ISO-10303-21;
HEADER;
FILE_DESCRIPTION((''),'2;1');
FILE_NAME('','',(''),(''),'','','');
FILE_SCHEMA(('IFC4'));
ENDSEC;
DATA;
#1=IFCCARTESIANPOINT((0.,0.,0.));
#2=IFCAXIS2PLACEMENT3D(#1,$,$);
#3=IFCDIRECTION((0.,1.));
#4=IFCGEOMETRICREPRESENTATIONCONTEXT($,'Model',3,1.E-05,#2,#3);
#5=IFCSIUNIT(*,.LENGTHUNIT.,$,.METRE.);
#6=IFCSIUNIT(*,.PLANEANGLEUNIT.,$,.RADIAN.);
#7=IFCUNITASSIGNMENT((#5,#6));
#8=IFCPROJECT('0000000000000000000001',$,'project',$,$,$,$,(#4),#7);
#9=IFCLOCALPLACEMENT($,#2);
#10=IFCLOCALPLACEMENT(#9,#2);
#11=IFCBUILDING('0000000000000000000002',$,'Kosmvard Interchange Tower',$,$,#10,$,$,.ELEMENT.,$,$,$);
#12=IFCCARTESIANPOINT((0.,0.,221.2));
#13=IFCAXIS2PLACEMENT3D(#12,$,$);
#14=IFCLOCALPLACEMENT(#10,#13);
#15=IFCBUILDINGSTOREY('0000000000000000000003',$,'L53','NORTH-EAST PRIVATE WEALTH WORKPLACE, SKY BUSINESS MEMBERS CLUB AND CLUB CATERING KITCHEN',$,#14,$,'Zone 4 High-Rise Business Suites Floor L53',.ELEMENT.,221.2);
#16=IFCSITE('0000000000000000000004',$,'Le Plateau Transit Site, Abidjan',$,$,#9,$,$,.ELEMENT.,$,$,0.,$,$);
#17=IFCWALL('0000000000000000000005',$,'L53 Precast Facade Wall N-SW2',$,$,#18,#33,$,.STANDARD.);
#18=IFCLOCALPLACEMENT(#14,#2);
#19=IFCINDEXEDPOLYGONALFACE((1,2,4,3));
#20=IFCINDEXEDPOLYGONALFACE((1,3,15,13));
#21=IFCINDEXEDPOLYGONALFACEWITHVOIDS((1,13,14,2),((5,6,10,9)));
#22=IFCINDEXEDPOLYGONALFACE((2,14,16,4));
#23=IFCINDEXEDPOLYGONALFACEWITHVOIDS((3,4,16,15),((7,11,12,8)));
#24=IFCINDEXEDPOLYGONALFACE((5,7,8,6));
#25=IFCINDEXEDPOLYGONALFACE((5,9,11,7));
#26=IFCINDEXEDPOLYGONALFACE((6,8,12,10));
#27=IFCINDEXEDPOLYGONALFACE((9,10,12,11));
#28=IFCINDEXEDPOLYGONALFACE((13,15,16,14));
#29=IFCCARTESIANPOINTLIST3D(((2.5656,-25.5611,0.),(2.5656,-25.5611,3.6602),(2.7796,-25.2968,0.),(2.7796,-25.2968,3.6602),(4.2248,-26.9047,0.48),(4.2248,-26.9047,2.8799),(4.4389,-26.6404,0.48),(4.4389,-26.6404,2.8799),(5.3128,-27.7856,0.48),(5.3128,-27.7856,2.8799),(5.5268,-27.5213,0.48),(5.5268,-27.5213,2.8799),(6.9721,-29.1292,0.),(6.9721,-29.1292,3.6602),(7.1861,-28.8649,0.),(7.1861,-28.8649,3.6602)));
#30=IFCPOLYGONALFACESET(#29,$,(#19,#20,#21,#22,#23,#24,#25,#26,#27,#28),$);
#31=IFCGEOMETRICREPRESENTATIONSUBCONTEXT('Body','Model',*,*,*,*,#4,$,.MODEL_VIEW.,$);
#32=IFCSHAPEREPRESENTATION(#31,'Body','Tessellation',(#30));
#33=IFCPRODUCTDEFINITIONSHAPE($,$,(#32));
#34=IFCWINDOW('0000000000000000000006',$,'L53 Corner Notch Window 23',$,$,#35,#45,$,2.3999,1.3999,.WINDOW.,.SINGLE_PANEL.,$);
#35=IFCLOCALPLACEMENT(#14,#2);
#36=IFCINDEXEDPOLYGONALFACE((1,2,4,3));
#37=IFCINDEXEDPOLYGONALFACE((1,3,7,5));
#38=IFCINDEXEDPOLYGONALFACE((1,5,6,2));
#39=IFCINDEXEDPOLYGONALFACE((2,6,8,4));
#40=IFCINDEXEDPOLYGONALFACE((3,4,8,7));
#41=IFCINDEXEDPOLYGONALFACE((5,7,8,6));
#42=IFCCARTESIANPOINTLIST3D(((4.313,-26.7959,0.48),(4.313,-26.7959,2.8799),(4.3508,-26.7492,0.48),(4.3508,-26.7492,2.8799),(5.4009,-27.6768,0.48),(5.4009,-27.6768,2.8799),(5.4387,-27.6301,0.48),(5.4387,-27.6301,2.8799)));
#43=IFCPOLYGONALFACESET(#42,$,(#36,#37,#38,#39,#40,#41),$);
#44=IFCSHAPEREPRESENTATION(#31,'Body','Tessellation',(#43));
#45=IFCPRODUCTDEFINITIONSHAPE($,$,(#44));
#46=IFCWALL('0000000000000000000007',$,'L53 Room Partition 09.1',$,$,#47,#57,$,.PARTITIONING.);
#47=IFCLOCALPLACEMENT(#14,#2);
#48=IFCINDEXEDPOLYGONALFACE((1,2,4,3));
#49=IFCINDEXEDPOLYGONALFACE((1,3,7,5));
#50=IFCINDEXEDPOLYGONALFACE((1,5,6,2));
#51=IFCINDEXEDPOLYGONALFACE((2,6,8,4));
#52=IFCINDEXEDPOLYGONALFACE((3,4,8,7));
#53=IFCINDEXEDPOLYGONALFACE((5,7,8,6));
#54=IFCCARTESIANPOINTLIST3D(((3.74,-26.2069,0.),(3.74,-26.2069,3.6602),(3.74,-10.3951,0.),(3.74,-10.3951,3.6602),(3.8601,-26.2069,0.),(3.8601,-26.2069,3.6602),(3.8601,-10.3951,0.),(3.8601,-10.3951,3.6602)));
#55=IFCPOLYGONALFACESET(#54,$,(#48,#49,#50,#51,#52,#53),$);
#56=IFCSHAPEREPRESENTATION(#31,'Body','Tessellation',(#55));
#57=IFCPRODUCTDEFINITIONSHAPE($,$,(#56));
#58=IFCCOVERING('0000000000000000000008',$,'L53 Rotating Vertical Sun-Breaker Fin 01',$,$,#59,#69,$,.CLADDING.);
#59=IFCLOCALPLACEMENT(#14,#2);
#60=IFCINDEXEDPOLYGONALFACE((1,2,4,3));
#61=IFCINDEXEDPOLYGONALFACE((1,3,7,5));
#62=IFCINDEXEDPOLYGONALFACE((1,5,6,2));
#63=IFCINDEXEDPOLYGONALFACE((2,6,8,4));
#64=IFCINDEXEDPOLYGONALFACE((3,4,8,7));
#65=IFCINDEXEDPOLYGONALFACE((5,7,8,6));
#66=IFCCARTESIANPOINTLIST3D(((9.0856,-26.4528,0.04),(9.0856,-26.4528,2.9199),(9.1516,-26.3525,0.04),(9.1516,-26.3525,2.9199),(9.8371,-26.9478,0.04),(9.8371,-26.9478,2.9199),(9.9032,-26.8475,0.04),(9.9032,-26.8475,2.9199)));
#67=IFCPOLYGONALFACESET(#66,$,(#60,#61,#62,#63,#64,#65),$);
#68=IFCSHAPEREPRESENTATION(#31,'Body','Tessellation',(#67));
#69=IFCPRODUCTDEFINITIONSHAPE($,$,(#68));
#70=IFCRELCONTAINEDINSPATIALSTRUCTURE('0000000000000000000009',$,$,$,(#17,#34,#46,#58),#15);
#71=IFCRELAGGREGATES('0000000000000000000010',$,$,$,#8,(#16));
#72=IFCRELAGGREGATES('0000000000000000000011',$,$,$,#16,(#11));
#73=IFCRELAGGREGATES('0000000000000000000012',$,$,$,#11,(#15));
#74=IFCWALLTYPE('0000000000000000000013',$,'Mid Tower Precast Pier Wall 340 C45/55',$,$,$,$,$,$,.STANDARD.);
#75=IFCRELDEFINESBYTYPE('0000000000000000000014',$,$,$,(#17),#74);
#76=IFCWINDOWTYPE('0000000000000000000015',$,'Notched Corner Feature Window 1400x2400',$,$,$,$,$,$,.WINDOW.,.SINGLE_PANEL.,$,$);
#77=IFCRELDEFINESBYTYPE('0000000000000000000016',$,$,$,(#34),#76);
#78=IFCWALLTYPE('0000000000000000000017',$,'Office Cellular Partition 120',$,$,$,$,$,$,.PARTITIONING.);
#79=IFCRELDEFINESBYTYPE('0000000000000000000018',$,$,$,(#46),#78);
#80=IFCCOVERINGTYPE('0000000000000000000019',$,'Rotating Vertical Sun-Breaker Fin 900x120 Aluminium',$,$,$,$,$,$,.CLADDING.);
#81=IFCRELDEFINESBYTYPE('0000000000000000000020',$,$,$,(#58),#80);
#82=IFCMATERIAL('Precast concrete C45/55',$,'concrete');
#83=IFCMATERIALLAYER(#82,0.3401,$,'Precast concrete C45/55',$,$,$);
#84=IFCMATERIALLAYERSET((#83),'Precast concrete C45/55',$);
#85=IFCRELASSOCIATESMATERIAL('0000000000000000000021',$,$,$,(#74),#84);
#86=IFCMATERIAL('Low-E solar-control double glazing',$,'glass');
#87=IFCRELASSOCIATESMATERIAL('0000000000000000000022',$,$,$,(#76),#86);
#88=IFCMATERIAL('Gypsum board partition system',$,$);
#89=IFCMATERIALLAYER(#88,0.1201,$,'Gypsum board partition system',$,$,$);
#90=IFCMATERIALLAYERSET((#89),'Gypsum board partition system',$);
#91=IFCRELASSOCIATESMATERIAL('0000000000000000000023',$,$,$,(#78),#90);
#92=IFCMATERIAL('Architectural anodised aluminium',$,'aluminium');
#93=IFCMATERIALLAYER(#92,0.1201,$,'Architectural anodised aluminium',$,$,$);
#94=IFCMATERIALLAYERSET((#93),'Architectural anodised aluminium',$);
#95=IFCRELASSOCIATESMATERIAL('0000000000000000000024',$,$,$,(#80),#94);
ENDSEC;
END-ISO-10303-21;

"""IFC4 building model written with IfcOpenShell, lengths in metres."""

from ifc_helpers import new_model, si_unit, direction, frame, frame_2d, origin, origin_2d, place, context, subcontext, project, spatial, rectangle, extrude, source, transform, mapped, material, layer, layer_set, type_object, element, fill, save


model = new_model("IFC4")

# Units and contexts
model_context = context("Model", 3, precision=1e-05, world=origin(), true_north=direction((0.0, 1.0)))
body_context = subcontext(model_context, "Body", "Model", "MODEL_VIEW")
ifc_project = project(units=[si_unit("LENGTHUNIT", "METRE"), si_unit("PLANEANGLEUNIT", "RADIAN")], contexts=[model_context])

# Site, building, storey
site_placement = place(None, origin())
site = spatial("IfcSite", under=ifc_project, at=site_placement, Name="Le Plateau Transit Site, Abidjan", CompositionType="ELEMENT", RefElevation=0.0)
building_placement = place(site_placement, origin())
building = spatial("IfcBuilding", under=site, at=building_placement, Name="Kosmvard Interchange Tower", CompositionType="ELEMENT")
storey_placement = place(building_placement, frame((0.0, 0.0, 221.2)))
storey = spatial("IfcBuildingStorey", under=building, at=storey_placement, Name="L53", Description="NORTH-EAST PRIVATE WEALTH WORKPLACE, SKY BUSINESS MEMBERS CLUB AND CLUB CATERING KITCHEN", LongName="Zone 4 High-Rise Business Suites Floor L53", CompositionType="ELEMENT", Elevation=221.2)

# Shared definitions
ifc_material_1 = material(Name="Precast concrete C45/55", Category="concrete")

# Shared definitions
ifc_layer_1 = layer(ifc_material_1, 0.3401, Name="Precast concrete C45/55")
ifc_layer_set_1 = layer_set([ifc_layer_1], Name="Precast concrete C45/55")
wall_type_1 = type_object("IfcWallType", Name="Mid Tower Precast Pier Wall 340 C45/55", PredefinedType="STANDARD", material=ifc_layer_set_1)
ifc_material_2 = material(Name="Low-E solar-control double glazing", Category="glass")
window_type_1 = type_object("IfcWindowType", Name="Notched Corner Feature Window 1400x2400", PartitioningType="SINGLE_PANEL", PredefinedType="WINDOW", material=ifc_material_2)
shared_shape_1 = source(origin(), body_context, "Body", "SweptSolid", [
    extrude(rectangle(XDim=1.3999, YDim=2.3999, at=frame_2d((0.7, 1.2))), frame((0.0, 0.03, 0.0), z_axis=(0.0, -1.0, 0.0), x_axis=(1.0, 0.0, 0.0)), (0.0, 0.0, 1.0), 0.0601),
])

# Wall, opening, window
wall_1_placement = place(storey_placement, frame((2.6726, -25.429, 0.0), z_axis=(0.0, 0.0, 1.0), x_axis=(0.777163, -0.6293, 0.0)))
wall_1 = element("IfcWall", 1, at=wall_1_placement, inside=storey, type_object=wall_type_1, Name="L53 Precast Facade Wall N-SW2", PredefinedType="STANDARD", context=body_context, shape_type="SweptSolid", body=[
    extrude(rectangle(XDim=5.6699, YDim=0.3401, at=frame_2d((2.835, 0.0))), origin(), (0.0, 0.0, 1.0), 3.6602),
])
opening_1_placement = place(wall_1_placement, frame((2.135, 0.0, 0.48)))
opening_1 = element("IfcOpeningElement", 2, at=opening_1_placement, cuts=wall_1, PredefinedType="OPENING", context=body_context, shape_type="SweptSolid", body=[
    extrude(rectangle(XDim=1.3999, YDim=2.3999, at=frame_2d((0.7, 1.2))), frame((0.0, 0.1802, 0.0), z_axis=(0.0, -1.0, 0.0), x_axis=(1.0, 0.0, 0.0)), (0.0, 0.0, 1.0), 0.3601),
])
window_1_placement = place(opening_1_placement, origin())
window_1 = element("IfcWindow", 3, at=window_1_placement, inside=storey, type_object=window_type_1, Name="L53 Corner Notch Window 23", OverallHeight=2.3999, OverallWidth=1.3999, PartitioningType="SINGLE_PANEL", PredefinedType="WINDOW", context=body_context, shape_type="MappedRepresentation", body=[
    mapped(shared_shape_1, transform((0.0, 0.0, 0.0), scale=1.0)),
])
fill(opening_1, window_1)

# Wall
ifc_material_3 = material(Name="Gypsum board partition system")
ifc_layer_2 = layer(ifc_material_3, 0.1201, Name="Gypsum board partition system")
ifc_layer_set_2 = layer_set([ifc_layer_2], Name="Gypsum board partition system")
wall_type_2 = type_object("IfcWallType", Name="Office Cellular Partition 120", PredefinedType="PARTITIONING", material=ifc_layer_set_2)
wall_2_placement = place(storey_placement, frame((3.8, -26.2068, 0.0), z_axis=(0.0, 0.0, 1.0), x_axis=(0.0, 1.0, 0.0)))
element("IfcWall", 4, at=wall_2_placement, inside=storey, type_object=wall_type_2, Name="L53 Room Partition 09.1", PredefinedType="PARTITIONING", context=body_context, shape_type="SweptSolid", body=[
    extrude(rectangle(XDim=15.8118, YDim=0.1201, at=frame_2d((7.9058, 0.0))), origin(), (0.0, 0.0, 1.0), 3.6602),
])

# Covering
ifc_material_4 = material(Name="Architectural anodised aluminium", Category="aluminium")
ifc_layer_3 = layer(ifc_material_4, 0.1201, Name="Architectural anodised aluminium")
ifc_layer_set_3 = layer_set([ifc_layer_3], Name="Architectural anodised aluminium")
covering_type = type_object("IfcCoveringType", Name="Rotating Vertical Sun-Breaker Fin 900x120 Aluminium", PredefinedType="CLADDING", material=ifc_layer_set_3)
shared_shape_2 = source(origin(), body_context, "Body", "SweptSolid", [
    extrude(rectangle(XDim=0.8999, YDim=0.1201, at=origin_2d()), origin(), (0.0, 0.0, 1.0), 2.8799),
])
covering_placement = place(storey_placement, frame((9.4944, -26.6501, 0.04), z_axis=(0.0, 0.0, 1.0), x_axis=(0.835136, -0.550044, 0.0)))
element("IfcCovering", 5, at=covering_placement, inside=storey, type_object=covering_type, Name="L53 Rotating Vertical Sun-Breaker Fin 01", PredefinedType="CLADDING", context=body_context, shape_type="MappedRepresentation", body=[
    mapped(shared_shape_2, transform((0.0, 0.0, 0.0), scale=1.0)),
])

save(model, "model.ifc")
